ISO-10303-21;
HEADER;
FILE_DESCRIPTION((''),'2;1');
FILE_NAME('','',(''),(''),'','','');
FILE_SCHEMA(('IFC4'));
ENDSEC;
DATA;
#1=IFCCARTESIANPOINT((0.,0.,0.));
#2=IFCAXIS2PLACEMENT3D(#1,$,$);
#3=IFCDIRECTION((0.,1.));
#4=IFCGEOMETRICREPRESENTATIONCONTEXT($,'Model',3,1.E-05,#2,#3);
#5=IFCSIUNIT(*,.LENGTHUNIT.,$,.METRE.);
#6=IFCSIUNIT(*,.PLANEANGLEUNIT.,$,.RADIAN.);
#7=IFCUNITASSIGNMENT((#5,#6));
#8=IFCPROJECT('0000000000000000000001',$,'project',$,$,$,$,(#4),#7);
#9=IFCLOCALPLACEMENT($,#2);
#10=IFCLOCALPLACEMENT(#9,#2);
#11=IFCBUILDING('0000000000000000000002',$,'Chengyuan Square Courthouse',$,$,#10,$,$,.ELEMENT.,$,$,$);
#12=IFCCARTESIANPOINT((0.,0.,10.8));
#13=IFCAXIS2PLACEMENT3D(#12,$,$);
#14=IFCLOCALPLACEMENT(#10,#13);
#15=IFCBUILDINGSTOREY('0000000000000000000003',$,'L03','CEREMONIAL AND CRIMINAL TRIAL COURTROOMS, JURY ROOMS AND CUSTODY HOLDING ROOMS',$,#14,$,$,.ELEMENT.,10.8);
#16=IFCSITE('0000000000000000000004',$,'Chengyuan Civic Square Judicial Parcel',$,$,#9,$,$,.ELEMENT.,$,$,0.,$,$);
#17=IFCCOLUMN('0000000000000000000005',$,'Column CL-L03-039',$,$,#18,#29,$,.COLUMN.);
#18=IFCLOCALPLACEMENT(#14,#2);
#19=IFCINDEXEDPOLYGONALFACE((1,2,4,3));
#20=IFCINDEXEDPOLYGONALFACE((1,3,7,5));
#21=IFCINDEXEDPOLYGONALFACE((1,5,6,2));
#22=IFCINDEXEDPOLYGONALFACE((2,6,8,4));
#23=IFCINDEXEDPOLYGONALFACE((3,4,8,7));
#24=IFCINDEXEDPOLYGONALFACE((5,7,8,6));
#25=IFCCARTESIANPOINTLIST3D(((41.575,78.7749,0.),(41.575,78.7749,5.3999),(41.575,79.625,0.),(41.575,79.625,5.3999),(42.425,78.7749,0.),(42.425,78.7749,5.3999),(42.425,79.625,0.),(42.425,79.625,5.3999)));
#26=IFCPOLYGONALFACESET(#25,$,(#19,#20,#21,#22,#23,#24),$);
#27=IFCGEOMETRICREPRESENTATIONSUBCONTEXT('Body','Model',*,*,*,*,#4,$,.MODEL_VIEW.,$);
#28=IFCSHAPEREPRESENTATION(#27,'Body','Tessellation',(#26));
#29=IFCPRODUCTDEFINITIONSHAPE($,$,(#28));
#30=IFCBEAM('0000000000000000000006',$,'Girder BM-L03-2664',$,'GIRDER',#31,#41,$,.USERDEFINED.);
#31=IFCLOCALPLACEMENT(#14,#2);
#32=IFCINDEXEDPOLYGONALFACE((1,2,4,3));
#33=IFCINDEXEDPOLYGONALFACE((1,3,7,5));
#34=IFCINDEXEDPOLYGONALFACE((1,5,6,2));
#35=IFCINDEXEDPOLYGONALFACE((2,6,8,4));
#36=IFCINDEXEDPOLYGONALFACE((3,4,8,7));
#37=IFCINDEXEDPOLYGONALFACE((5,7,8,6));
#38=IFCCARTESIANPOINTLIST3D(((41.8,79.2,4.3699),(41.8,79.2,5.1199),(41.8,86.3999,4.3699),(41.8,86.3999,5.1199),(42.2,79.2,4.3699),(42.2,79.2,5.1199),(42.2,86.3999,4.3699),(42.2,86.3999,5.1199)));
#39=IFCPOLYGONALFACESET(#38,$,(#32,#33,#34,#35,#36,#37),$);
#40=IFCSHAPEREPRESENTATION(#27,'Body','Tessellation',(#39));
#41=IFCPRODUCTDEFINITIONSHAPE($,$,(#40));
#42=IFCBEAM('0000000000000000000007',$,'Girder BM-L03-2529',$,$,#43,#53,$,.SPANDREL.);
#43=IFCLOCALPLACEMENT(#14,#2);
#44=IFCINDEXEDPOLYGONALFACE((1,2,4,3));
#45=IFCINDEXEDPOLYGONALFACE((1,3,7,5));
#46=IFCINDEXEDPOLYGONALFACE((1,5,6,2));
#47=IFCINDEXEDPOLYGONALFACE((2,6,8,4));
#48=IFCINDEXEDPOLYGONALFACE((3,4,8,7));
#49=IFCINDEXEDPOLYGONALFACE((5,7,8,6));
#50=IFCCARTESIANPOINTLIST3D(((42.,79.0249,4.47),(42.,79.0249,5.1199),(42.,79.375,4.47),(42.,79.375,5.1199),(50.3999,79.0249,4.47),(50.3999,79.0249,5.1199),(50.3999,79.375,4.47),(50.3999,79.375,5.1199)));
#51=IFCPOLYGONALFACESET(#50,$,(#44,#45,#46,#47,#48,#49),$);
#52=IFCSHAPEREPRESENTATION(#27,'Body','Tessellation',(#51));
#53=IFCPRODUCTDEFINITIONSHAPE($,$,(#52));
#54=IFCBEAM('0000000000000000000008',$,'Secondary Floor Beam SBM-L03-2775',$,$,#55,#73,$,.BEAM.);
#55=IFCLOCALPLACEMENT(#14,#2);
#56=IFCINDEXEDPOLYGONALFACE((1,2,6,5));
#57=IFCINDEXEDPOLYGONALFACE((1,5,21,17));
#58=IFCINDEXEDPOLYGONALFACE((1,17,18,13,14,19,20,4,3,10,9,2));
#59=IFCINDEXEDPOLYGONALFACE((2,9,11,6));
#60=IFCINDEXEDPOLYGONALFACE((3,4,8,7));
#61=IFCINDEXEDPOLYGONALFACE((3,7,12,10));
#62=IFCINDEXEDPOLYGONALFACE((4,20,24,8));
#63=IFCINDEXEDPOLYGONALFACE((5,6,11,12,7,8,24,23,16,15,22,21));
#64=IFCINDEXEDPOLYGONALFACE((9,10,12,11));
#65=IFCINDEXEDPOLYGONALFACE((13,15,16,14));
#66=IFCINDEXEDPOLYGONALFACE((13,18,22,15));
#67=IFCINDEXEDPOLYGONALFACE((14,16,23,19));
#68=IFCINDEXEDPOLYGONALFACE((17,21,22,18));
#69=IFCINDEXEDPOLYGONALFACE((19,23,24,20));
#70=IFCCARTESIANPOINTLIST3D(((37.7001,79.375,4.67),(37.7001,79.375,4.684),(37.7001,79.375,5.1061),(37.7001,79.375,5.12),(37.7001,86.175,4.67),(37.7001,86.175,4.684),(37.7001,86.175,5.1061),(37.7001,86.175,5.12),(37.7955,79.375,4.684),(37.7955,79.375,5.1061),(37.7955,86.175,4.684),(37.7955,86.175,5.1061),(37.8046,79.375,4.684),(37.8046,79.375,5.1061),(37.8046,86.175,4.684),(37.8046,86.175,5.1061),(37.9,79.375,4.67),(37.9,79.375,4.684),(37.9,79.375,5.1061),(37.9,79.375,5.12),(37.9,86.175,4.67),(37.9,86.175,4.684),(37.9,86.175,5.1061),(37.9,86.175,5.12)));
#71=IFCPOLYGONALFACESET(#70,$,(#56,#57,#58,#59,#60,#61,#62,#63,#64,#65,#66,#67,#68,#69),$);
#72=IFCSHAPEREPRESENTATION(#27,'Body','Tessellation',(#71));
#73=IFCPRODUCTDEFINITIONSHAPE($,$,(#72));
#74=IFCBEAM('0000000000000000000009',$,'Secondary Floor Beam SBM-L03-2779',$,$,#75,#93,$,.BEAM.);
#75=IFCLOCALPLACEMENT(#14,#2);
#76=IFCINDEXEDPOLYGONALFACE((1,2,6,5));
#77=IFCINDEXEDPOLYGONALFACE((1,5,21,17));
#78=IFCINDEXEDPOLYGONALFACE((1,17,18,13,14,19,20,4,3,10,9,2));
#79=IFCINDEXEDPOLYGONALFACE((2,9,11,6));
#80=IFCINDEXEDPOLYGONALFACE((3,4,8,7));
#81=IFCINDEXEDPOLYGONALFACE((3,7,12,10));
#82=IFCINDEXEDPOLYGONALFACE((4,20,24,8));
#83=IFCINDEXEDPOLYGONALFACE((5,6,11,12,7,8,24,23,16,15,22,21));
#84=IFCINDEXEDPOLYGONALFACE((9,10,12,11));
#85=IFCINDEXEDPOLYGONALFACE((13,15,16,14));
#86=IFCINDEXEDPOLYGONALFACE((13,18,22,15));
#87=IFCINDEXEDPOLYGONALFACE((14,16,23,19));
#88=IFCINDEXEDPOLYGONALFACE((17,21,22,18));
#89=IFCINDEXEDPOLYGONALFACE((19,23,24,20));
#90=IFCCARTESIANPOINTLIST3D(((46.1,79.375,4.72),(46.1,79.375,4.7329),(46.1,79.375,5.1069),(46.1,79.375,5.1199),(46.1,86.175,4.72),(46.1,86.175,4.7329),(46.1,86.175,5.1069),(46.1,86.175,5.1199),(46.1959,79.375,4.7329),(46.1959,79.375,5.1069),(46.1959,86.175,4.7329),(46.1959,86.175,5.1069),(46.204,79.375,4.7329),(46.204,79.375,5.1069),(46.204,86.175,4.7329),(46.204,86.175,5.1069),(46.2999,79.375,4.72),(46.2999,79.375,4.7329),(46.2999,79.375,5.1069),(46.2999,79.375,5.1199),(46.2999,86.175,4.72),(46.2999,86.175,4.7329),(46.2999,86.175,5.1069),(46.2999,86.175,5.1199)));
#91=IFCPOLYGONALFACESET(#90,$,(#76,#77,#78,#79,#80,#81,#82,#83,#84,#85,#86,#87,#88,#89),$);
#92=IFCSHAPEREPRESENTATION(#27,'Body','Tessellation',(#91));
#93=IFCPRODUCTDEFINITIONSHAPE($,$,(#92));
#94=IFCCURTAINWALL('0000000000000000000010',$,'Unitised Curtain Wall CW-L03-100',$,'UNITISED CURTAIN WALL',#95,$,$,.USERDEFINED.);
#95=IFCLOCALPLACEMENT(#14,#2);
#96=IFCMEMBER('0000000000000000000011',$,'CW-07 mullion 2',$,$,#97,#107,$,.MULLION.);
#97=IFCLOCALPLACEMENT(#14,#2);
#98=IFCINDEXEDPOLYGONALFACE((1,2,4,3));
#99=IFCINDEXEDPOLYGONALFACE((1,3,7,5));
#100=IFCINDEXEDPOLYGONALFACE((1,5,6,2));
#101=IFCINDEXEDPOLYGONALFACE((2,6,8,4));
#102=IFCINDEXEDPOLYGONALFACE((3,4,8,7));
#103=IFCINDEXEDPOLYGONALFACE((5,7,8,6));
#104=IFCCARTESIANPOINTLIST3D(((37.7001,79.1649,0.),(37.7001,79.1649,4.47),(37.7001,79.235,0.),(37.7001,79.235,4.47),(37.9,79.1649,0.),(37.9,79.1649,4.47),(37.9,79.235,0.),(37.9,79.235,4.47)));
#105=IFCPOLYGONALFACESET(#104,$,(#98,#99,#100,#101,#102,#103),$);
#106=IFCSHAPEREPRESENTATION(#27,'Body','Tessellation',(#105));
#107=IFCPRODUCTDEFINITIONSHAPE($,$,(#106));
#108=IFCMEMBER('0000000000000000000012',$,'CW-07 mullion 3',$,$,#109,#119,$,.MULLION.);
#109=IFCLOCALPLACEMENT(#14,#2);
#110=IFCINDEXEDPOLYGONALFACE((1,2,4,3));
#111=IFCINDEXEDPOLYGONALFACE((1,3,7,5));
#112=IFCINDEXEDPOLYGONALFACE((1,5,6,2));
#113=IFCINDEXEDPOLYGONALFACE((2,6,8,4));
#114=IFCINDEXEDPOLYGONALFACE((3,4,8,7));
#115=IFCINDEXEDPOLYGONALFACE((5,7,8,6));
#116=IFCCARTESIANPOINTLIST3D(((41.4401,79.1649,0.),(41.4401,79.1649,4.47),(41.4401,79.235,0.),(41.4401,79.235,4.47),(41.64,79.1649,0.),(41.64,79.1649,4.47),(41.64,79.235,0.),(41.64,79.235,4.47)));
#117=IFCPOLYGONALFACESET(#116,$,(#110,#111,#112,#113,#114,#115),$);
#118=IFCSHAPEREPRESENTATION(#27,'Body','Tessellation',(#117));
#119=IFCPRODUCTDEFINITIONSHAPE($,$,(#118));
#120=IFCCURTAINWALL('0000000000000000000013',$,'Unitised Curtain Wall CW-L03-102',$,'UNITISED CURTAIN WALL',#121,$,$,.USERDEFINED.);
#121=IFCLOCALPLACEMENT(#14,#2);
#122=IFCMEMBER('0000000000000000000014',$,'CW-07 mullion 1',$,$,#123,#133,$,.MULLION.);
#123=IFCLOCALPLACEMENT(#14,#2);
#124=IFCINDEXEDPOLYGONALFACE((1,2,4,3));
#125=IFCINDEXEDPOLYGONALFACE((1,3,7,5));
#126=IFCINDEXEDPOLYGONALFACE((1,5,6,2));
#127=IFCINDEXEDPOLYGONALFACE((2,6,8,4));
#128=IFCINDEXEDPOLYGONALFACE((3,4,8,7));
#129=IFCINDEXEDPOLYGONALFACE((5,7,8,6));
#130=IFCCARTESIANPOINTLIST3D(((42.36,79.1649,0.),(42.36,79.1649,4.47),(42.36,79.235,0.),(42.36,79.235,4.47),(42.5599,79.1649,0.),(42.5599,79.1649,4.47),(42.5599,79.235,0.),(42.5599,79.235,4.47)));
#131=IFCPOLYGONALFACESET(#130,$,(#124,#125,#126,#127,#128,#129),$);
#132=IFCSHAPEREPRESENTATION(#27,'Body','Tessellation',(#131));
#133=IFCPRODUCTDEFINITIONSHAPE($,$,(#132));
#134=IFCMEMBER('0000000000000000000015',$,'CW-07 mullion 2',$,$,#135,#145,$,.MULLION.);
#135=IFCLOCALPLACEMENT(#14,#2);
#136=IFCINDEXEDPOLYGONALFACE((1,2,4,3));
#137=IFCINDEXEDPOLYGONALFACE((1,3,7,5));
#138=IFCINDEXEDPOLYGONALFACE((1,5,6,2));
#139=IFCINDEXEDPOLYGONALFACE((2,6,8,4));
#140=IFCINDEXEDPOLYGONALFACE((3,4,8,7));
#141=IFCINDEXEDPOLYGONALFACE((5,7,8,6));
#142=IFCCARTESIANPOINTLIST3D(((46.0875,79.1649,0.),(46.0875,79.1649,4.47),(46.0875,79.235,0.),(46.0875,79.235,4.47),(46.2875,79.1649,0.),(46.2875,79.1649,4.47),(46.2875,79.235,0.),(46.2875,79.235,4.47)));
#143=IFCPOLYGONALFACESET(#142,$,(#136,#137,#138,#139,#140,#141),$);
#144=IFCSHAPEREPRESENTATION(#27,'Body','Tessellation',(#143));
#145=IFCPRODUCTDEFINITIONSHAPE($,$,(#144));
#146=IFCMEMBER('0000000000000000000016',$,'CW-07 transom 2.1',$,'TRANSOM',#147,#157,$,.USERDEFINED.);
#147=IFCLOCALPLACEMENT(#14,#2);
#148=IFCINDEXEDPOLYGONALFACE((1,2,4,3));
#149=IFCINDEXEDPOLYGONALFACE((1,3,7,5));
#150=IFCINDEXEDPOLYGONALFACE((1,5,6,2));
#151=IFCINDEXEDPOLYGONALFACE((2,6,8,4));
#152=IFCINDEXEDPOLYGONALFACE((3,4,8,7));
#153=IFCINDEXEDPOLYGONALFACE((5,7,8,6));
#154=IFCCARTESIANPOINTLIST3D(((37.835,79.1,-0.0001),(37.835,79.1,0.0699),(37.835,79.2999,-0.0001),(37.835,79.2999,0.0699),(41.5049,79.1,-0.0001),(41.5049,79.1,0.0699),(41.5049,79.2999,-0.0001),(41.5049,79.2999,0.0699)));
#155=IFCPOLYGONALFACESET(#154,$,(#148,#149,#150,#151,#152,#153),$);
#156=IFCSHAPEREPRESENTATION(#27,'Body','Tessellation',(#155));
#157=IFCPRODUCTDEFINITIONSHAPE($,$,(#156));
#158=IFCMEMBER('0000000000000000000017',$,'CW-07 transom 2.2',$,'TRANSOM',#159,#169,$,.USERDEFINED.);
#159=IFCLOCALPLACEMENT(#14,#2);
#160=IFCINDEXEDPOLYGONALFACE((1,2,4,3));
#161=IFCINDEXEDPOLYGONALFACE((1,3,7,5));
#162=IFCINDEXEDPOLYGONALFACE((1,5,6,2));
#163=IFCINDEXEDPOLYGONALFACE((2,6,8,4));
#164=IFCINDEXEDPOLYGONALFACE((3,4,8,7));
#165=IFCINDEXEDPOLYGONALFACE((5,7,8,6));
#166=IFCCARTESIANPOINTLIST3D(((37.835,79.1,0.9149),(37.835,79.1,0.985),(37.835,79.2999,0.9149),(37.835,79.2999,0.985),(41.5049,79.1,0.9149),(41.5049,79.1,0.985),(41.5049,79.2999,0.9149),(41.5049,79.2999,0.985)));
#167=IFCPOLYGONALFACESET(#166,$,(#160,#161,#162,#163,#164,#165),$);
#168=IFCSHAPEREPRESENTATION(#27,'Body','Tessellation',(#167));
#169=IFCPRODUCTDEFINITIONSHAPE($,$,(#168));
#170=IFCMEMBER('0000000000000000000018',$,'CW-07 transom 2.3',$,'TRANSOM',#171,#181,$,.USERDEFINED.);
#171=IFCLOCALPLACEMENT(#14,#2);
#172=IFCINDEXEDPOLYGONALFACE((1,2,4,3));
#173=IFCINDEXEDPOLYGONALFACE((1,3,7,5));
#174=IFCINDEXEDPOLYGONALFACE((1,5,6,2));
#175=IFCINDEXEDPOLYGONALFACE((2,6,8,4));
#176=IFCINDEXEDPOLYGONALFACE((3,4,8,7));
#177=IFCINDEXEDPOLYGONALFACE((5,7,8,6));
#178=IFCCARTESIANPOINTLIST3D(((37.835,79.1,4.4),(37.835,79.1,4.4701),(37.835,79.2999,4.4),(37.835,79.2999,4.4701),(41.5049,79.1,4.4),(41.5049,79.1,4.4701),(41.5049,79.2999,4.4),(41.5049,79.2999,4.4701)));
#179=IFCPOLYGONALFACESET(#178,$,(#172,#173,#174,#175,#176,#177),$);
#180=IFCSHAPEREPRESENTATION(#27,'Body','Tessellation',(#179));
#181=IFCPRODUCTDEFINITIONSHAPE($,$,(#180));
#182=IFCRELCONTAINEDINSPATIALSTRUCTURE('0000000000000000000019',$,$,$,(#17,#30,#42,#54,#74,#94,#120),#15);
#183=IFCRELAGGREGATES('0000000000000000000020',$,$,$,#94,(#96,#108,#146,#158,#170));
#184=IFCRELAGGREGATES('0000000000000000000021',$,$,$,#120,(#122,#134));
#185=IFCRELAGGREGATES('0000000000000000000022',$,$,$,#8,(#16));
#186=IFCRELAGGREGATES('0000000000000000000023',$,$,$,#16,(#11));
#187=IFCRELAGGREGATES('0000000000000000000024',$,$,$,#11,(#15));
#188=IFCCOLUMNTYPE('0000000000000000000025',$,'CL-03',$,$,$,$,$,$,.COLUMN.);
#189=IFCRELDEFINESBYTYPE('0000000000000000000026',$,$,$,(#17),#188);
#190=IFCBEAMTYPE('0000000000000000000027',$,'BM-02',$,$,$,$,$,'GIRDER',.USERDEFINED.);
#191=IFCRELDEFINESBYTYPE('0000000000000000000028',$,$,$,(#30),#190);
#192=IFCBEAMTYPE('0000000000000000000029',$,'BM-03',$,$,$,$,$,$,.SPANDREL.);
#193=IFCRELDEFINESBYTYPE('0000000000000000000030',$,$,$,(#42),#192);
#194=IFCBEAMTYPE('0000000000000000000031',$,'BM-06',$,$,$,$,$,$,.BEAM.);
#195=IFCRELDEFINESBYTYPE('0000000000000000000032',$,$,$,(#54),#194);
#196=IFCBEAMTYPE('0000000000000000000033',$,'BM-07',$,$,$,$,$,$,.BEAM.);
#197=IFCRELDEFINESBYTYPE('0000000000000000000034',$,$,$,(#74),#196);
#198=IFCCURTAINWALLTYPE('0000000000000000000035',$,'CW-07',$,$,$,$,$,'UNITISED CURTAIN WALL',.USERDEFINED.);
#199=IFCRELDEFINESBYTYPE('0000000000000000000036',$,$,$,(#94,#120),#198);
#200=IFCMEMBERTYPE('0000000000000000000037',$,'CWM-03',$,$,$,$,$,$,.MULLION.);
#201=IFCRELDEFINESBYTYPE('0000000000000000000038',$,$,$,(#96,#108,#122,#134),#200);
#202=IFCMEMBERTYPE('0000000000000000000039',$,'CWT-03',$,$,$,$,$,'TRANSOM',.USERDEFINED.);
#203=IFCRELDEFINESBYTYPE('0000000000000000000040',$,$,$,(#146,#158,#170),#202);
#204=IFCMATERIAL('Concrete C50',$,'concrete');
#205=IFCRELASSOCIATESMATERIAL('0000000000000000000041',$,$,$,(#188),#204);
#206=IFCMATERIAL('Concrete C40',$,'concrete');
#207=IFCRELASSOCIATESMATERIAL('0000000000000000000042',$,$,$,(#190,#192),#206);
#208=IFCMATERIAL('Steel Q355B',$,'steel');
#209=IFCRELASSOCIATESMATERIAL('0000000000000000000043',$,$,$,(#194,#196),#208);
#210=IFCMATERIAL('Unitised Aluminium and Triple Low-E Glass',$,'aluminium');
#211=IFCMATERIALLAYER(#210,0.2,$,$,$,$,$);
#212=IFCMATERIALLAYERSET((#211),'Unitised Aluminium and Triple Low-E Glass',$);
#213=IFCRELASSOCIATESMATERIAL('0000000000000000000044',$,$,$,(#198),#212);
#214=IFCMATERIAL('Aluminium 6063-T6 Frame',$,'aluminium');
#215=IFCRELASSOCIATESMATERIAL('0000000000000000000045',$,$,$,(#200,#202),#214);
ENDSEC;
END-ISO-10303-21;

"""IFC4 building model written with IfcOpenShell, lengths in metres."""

from ifc_helpers import new_model, si_unit, direction, frame, origin, origin_2d, place, context, subcontext, project, spatial, rectangle, i_section, extrude, material, layer, layer_set, material_profile, profile_set, type_object, element, aggregate, save


model = new_model("IFC4")

# Units and contexts
model_context = context("Model", 3, precision=1e-05, world=origin(), true_north=direction((0.0, 1.0)))
body_context = subcontext(model_context, "Body", "Model", "MODEL_VIEW")
ifc_project = project(units=[si_unit("LENGTHUNIT", "METRE"), si_unit("PLANEANGLEUNIT", "RADIAN")], contexts=[model_context])

# Site, building, storey
site_placement = place(None, origin())
site = spatial("IfcSite", under=ifc_project, at=site_placement, Name="Chengyuan Civic Square Judicial Parcel", CompositionType="ELEMENT", RefElevation=0.0)
building_placement = place(site_placement, origin())
building = spatial("IfcBuilding", under=site, at=building_placement, Name="Chengyuan Square Courthouse", CompositionType="ELEMENT")
storey_placement = place(building_placement, frame((0.0, 0.0, 10.8)))
storey = spatial("IfcBuildingStorey", under=building, at=storey_placement, Name="L03", Description="CEREMONIAL AND CRIMINAL TRIAL COURTROOMS, JURY ROOMS AND CUSTODY HOLDING ROOMS", CompositionType="ELEMENT", Elevation=10.8)

# Column
ifc_material_1 = material(Name="Concrete C50", Category="concrete")
ifc_material_profile_1 = material_profile(ifc_material_1, rectangle(XDim=0.8501, YDim=0.8501, at=origin_2d()), Name="RC-COL-850x850")
ifc_profile_set_1 = profile_set([ifc_material_profile_1], Name="Concrete C50")
column_type = type_object("IfcColumnType", Name="CL-03", PredefinedType="COLUMN", material=ifc_profile_set_1)
column_placement = place(storey_placement, frame((42.0, 79.2, 0.0), z_axis=(0.0, 0.0, 1.0), x_axis=(1.0, 0.0, 0.0)))
element("IfcColumn", 1, at=column_placement, inside=storey, type_object=column_type, Name="Column CL-L03-039", PredefinedType="COLUMN", context=body_context, shape_type="SweptSolid", body=[
    extrude(rectangle(XDim=0.8501, YDim=0.8501, at=origin_2d()), origin(), (0.0, 0.0, 1.0), 5.3999),
])

# Beams
ifc_material_2 = material(Name="Concrete C40", Category="concrete")
ifc_material_profile_2 = material_profile(ifc_material_2, rectangle(XDim=0.3999, YDim=0.75, at=origin_2d()), Name="RC-BM-400x750")
ifc_profile_set_2 = profile_set([ifc_material_profile_2], Name="Concrete C40")
beam_type_1 = type_object("IfcBeamType", Name="BM-02", ElementType="GIRDER", PredefinedType="USERDEFINED", material=ifc_profile_set_2)
beam_1_placement = place(storey_placement, frame((42.0, 79.2, 4.7449), z_axis=(0.0, 1.0, 0.0), x_axis=(-1.0, 0.0, 0.0)))
element("IfcBeam", 2, at=beam_1_placement, inside=storey, type_object=beam_type_1, Name="Girder BM-L03-2664", ObjectType="GIRDER", PredefinedType="USERDEFINED", context=body_context, shape_type="SweptSolid", body=[
    extrude(rectangle(XDim=0.3999, YDim=0.75, at=origin_2d()), origin(), (0.0, 0.0, 1.0), 7.2),
])
ifc_material_profile_3 = material_profile(ifc_material_2, rectangle(XDim=0.3501, YDim=0.6499, at=origin_2d()), Name="RC-BM-350x650")
ifc_profile_set_3 = profile_set([ifc_material_profile_3], Name="Concrete C40")
beam_type_2 = type_object("IfcBeamType", Name="BM-03", PredefinedType="SPANDREL", material=ifc_profile_set_3)
beam_2_placement = place(storey_placement, frame((42.0, 79.2, 4.7949), z_axis=(1.0, 0.0, 0.0), x_axis=(0.0, 1.0, 0.0)))
element("IfcBeam", 3, at=beam_2_placement, inside=storey, type_object=beam_type_2, Name="Girder BM-L03-2529", PredefinedType="SPANDREL", context=body_context, shape_type="SweptSolid", body=[
    extrude(rectangle(XDim=0.3501, YDim=0.6499, at=origin_2d()), origin(), (0.0, 0.0, 1.0), 8.3999),
])
ifc_material_3 = material(Name="Steel Q355B", Category="steel")
ifc_material_profile_4 = material_profile(ifc_material_3, i_section(OverallWidth=0.2, OverallDepth=0.45, WebThickness=0.009, FlangeThickness=0.0139, at=origin_2d()), Name="HN 450x200x9x14")
ifc_profile_set_4 = profile_set([ifc_material_profile_4], Name="Steel Q355B")
beam_type_3 = type_object("IfcBeamType", Name="BM-06", PredefinedType="BEAM", material=ifc_profile_set_4)
beam_3_placement = place(storey_placement, frame((37.8, 79.375, 4.895), z_axis=(0.0, 1.0, 0.0), x_axis=(-1.0, 0.0, 0.0)))
element("IfcBeam", 4, at=beam_3_placement, inside=storey, type_object=beam_type_3, Name="Secondary Floor Beam SBM-L03-2775", PredefinedType="BEAM", context=body_context, shape_type="SweptSolid", body=[
    extrude(i_section(OverallWidth=0.2, OverallDepth=0.45, WebThickness=0.009, FlangeThickness=0.0139, at=origin_2d()), origin(), (0.0, 0.0, 1.0), 6.8),
])
ifc_material_profile_5 = material_profile(ifc_material_3, i_section(OverallWidth=0.2, OverallDepth=0.3999, WebThickness=0.0081, FlangeThickness=0.0129, at=origin_2d()), Name="HN 400x200x8x13")
ifc_profile_set_5 = profile_set([ifc_material_profile_5], Name="Steel Q355B")
beam_type_4 = type_object("IfcBeamType", Name="BM-07", PredefinedType="BEAM", material=ifc_profile_set_5)
beam_4_placement = place(storey_placement, frame((46.2, 79.375, 4.9199), z_axis=(0.0, 1.0, 0.0), x_axis=(-1.0, 0.0, 0.0)))
element("IfcBeam", 5, at=beam_4_placement, inside=storey, type_object=beam_type_4, Name="Secondary Floor Beam SBM-L03-2779", PredefinedType="BEAM", context=body_context, shape_type="SweptSolid", body=[
    extrude(i_section(OverallWidth=0.2, OverallDepth=0.3999, WebThickness=0.0081, FlangeThickness=0.0129, at=origin_2d()), origin(), (0.0, 0.0, 1.0), 6.8),
])

# Curtain walls, members
ifc_material_4 = material(Name="Unitised Aluminium and Triple Low-E Glass", Category="aluminium")
ifc_layer_1 = layer(ifc_material_4, 0.2)
ifc_layer_set_1 = layer_set([ifc_layer_1], Name="Unitised Aluminium and Triple Low-E Glass")
curtain_wall_type = type_object("IfcCurtainWallType", Name="CW-07", ElementType="UNITISED CURTAIN WALL", PredefinedType="USERDEFINED", material=ifc_layer_set_1)
curtain_wall_1_placement = place(storey_placement, origin())
curtain_wall_1 = element("IfcCurtainWall", 6, at=curtain_wall_1_placement, inside=storey, type_object=curtain_wall_type, Name="Unitised Curtain Wall CW-L03-100", ObjectType="UNITISED CURTAIN WALL", PredefinedType="USERDEFINED")
ifc_material_5 = material(Name="Aluminium 6063-T6 Frame", Category="aluminium")
ifc_material_profile_6 = material_profile(ifc_material_5, rectangle(XDim=0.0701, YDim=0.2, at=origin_2d()), Name="CW-MUL-70x200")
ifc_profile_set_6 = profile_set([ifc_material_profile_6], Name="Aluminium 6063-T6 Frame")
member_type_1 = type_object("IfcMemberType", Name="CWM-03", PredefinedType="MULLION", material=ifc_profile_set_6)
member_1_placement = place(storey_placement, frame((37.8, 79.2, 0.0), z_axis=(0.0, 0.0, 1.0), x_axis=(0.0, 1.0, 0.0)))
member_1 = element("IfcMember", 7, at=member_1_placement, type_object=member_type_1, Name="CW-07 mullion 2", PredefinedType="MULLION", context=body_context, shape_type="SweptSolid", body=[
    extrude(rectangle(XDim=0.0701, YDim=0.2, at=origin_2d()), origin(), (0.0, 0.0, 1.0), 4.47),
])
member_2_placement = place(storey_placement, frame((41.54, 79.2, 0.0), z_axis=(0.0, 0.0, 1.0), x_axis=(0.0, 1.0, 0.0)))
member_2 = element("IfcMember", 8, at=member_2_placement, type_object=member_type_1, Name="CW-07 mullion 3", PredefinedType="MULLION", context=body_context, shape_type="SweptSolid", body=[
    extrude(rectangle(XDim=0.0701, YDim=0.2, at=origin_2d()), origin(), (0.0, 0.0, 1.0), 4.47),
])
curtain_wall_2_placement = place(storey_placement, origin())
curtain_wall_2 = element("IfcCurtainWall", 9, at=curtain_wall_2_placement, inside=storey, type_object=curtain_wall_type, Name="Unitised Curtain Wall CW-L03-102", ObjectType="UNITISED CURTAIN WALL", PredefinedType="USERDEFINED")
member_3_placement = place(storey_placement, frame((42.46, 79.2, 0.0), z_axis=(0.0, 0.0, 1.0), x_axis=(0.0, 1.0, 0.0)))
member_3 = element("IfcMember", 10, at=member_3_placement, type_object=member_type_1, Name="CW-07 mullion 1", PredefinedType="MULLION", context=body_context, shape_type="SweptSolid", body=[
    extrude(rectangle(XDim=0.0701, YDim=0.2, at=origin_2d()), origin(), (0.0, 0.0, 1.0), 4.47),
])
member_4_placement = place(storey_placement, frame((46.1875, 79.2, 0.0), z_axis=(0.0, 0.0, 1.0), x_axis=(0.0, 1.0, 0.0)))
member_4 = element("IfcMember", 11, at=member_4_placement, type_object=member_type_1, Name="CW-07 mullion 2", PredefinedType="MULLION", context=body_context, shape_type="SweptSolid", body=[
    extrude(rectangle(XDim=0.0701, YDim=0.2, at=origin_2d()), origin(), (0.0, 0.0, 1.0), 4.47),
])

# Members
ifc_material_profile_7 = material_profile(ifc_material_5, rectangle(XDim=0.2, YDim=0.0701, at=origin_2d()), Name="CW-TRN-70x160")
ifc_profile_set_7 = profile_set([ifc_material_profile_7], Name="Aluminium 6063-T6 Frame")
member_type_2 = type_object("IfcMemberType", Name="CWT-03", ElementType="TRANSOM", PredefinedType="USERDEFINED", material=ifc_profile_set_7)
member_5_placement = place(storey_placement, frame((37.835, 79.2, 0.0349), z_axis=(1.0, 0.0, 0.0), x_axis=(0.0, 1.0, 0.0)))
member_5 = element("IfcMember", 12, at=member_5_placement, type_object=member_type_2, Name="CW-07 transom 2.1", ObjectType="TRANSOM", PredefinedType="USERDEFINED", context=body_context, shape_type="SweptSolid", body=[
    extrude(rectangle(XDim=0.2, YDim=0.0701, at=origin_2d()), origin(), (0.0, 0.0, 1.0), 3.6699),
])
member_6_placement = place(storey_placement, frame((37.835, 79.2, 0.95), z_axis=(1.0, 0.0, 0.0), x_axis=(0.0, 1.0, 0.0)))
member_6 = element("IfcMember", 13, at=member_6_placement, type_object=member_type_2, Name="CW-07 transom 2.2", ObjectType="TRANSOM", PredefinedType="USERDEFINED", context=body_context, shape_type="SweptSolid", body=[
    extrude(rectangle(XDim=0.2, YDim=0.0701, at=origin_2d()), origin(), (0.0, 0.0, 1.0), 3.6699),
])
member_7_placement = place(storey_placement, frame((37.835, 79.2, 4.4351), z_axis=(1.0, 0.0, 0.0), x_axis=(0.0, 1.0, 0.0)))
member_7 = element("IfcMember", 14, at=member_7_placement, type_object=member_type_2, Name="CW-07 transom 2.3", ObjectType="TRANSOM", PredefinedType="USERDEFINED", context=body_context, shape_type="SweptSolid", body=[
    extrude(rectangle(XDim=0.2, YDim=0.0701, at=origin_2d()), origin(), (0.0, 0.0, 1.0), 3.6699),
])

aggregate(curtain_wall_1, [member_1, member_2, member_5, member_6, member_7])
aggregate(curtain_wall_2, [member_3, member_4])

save(model, "model.ifc")
